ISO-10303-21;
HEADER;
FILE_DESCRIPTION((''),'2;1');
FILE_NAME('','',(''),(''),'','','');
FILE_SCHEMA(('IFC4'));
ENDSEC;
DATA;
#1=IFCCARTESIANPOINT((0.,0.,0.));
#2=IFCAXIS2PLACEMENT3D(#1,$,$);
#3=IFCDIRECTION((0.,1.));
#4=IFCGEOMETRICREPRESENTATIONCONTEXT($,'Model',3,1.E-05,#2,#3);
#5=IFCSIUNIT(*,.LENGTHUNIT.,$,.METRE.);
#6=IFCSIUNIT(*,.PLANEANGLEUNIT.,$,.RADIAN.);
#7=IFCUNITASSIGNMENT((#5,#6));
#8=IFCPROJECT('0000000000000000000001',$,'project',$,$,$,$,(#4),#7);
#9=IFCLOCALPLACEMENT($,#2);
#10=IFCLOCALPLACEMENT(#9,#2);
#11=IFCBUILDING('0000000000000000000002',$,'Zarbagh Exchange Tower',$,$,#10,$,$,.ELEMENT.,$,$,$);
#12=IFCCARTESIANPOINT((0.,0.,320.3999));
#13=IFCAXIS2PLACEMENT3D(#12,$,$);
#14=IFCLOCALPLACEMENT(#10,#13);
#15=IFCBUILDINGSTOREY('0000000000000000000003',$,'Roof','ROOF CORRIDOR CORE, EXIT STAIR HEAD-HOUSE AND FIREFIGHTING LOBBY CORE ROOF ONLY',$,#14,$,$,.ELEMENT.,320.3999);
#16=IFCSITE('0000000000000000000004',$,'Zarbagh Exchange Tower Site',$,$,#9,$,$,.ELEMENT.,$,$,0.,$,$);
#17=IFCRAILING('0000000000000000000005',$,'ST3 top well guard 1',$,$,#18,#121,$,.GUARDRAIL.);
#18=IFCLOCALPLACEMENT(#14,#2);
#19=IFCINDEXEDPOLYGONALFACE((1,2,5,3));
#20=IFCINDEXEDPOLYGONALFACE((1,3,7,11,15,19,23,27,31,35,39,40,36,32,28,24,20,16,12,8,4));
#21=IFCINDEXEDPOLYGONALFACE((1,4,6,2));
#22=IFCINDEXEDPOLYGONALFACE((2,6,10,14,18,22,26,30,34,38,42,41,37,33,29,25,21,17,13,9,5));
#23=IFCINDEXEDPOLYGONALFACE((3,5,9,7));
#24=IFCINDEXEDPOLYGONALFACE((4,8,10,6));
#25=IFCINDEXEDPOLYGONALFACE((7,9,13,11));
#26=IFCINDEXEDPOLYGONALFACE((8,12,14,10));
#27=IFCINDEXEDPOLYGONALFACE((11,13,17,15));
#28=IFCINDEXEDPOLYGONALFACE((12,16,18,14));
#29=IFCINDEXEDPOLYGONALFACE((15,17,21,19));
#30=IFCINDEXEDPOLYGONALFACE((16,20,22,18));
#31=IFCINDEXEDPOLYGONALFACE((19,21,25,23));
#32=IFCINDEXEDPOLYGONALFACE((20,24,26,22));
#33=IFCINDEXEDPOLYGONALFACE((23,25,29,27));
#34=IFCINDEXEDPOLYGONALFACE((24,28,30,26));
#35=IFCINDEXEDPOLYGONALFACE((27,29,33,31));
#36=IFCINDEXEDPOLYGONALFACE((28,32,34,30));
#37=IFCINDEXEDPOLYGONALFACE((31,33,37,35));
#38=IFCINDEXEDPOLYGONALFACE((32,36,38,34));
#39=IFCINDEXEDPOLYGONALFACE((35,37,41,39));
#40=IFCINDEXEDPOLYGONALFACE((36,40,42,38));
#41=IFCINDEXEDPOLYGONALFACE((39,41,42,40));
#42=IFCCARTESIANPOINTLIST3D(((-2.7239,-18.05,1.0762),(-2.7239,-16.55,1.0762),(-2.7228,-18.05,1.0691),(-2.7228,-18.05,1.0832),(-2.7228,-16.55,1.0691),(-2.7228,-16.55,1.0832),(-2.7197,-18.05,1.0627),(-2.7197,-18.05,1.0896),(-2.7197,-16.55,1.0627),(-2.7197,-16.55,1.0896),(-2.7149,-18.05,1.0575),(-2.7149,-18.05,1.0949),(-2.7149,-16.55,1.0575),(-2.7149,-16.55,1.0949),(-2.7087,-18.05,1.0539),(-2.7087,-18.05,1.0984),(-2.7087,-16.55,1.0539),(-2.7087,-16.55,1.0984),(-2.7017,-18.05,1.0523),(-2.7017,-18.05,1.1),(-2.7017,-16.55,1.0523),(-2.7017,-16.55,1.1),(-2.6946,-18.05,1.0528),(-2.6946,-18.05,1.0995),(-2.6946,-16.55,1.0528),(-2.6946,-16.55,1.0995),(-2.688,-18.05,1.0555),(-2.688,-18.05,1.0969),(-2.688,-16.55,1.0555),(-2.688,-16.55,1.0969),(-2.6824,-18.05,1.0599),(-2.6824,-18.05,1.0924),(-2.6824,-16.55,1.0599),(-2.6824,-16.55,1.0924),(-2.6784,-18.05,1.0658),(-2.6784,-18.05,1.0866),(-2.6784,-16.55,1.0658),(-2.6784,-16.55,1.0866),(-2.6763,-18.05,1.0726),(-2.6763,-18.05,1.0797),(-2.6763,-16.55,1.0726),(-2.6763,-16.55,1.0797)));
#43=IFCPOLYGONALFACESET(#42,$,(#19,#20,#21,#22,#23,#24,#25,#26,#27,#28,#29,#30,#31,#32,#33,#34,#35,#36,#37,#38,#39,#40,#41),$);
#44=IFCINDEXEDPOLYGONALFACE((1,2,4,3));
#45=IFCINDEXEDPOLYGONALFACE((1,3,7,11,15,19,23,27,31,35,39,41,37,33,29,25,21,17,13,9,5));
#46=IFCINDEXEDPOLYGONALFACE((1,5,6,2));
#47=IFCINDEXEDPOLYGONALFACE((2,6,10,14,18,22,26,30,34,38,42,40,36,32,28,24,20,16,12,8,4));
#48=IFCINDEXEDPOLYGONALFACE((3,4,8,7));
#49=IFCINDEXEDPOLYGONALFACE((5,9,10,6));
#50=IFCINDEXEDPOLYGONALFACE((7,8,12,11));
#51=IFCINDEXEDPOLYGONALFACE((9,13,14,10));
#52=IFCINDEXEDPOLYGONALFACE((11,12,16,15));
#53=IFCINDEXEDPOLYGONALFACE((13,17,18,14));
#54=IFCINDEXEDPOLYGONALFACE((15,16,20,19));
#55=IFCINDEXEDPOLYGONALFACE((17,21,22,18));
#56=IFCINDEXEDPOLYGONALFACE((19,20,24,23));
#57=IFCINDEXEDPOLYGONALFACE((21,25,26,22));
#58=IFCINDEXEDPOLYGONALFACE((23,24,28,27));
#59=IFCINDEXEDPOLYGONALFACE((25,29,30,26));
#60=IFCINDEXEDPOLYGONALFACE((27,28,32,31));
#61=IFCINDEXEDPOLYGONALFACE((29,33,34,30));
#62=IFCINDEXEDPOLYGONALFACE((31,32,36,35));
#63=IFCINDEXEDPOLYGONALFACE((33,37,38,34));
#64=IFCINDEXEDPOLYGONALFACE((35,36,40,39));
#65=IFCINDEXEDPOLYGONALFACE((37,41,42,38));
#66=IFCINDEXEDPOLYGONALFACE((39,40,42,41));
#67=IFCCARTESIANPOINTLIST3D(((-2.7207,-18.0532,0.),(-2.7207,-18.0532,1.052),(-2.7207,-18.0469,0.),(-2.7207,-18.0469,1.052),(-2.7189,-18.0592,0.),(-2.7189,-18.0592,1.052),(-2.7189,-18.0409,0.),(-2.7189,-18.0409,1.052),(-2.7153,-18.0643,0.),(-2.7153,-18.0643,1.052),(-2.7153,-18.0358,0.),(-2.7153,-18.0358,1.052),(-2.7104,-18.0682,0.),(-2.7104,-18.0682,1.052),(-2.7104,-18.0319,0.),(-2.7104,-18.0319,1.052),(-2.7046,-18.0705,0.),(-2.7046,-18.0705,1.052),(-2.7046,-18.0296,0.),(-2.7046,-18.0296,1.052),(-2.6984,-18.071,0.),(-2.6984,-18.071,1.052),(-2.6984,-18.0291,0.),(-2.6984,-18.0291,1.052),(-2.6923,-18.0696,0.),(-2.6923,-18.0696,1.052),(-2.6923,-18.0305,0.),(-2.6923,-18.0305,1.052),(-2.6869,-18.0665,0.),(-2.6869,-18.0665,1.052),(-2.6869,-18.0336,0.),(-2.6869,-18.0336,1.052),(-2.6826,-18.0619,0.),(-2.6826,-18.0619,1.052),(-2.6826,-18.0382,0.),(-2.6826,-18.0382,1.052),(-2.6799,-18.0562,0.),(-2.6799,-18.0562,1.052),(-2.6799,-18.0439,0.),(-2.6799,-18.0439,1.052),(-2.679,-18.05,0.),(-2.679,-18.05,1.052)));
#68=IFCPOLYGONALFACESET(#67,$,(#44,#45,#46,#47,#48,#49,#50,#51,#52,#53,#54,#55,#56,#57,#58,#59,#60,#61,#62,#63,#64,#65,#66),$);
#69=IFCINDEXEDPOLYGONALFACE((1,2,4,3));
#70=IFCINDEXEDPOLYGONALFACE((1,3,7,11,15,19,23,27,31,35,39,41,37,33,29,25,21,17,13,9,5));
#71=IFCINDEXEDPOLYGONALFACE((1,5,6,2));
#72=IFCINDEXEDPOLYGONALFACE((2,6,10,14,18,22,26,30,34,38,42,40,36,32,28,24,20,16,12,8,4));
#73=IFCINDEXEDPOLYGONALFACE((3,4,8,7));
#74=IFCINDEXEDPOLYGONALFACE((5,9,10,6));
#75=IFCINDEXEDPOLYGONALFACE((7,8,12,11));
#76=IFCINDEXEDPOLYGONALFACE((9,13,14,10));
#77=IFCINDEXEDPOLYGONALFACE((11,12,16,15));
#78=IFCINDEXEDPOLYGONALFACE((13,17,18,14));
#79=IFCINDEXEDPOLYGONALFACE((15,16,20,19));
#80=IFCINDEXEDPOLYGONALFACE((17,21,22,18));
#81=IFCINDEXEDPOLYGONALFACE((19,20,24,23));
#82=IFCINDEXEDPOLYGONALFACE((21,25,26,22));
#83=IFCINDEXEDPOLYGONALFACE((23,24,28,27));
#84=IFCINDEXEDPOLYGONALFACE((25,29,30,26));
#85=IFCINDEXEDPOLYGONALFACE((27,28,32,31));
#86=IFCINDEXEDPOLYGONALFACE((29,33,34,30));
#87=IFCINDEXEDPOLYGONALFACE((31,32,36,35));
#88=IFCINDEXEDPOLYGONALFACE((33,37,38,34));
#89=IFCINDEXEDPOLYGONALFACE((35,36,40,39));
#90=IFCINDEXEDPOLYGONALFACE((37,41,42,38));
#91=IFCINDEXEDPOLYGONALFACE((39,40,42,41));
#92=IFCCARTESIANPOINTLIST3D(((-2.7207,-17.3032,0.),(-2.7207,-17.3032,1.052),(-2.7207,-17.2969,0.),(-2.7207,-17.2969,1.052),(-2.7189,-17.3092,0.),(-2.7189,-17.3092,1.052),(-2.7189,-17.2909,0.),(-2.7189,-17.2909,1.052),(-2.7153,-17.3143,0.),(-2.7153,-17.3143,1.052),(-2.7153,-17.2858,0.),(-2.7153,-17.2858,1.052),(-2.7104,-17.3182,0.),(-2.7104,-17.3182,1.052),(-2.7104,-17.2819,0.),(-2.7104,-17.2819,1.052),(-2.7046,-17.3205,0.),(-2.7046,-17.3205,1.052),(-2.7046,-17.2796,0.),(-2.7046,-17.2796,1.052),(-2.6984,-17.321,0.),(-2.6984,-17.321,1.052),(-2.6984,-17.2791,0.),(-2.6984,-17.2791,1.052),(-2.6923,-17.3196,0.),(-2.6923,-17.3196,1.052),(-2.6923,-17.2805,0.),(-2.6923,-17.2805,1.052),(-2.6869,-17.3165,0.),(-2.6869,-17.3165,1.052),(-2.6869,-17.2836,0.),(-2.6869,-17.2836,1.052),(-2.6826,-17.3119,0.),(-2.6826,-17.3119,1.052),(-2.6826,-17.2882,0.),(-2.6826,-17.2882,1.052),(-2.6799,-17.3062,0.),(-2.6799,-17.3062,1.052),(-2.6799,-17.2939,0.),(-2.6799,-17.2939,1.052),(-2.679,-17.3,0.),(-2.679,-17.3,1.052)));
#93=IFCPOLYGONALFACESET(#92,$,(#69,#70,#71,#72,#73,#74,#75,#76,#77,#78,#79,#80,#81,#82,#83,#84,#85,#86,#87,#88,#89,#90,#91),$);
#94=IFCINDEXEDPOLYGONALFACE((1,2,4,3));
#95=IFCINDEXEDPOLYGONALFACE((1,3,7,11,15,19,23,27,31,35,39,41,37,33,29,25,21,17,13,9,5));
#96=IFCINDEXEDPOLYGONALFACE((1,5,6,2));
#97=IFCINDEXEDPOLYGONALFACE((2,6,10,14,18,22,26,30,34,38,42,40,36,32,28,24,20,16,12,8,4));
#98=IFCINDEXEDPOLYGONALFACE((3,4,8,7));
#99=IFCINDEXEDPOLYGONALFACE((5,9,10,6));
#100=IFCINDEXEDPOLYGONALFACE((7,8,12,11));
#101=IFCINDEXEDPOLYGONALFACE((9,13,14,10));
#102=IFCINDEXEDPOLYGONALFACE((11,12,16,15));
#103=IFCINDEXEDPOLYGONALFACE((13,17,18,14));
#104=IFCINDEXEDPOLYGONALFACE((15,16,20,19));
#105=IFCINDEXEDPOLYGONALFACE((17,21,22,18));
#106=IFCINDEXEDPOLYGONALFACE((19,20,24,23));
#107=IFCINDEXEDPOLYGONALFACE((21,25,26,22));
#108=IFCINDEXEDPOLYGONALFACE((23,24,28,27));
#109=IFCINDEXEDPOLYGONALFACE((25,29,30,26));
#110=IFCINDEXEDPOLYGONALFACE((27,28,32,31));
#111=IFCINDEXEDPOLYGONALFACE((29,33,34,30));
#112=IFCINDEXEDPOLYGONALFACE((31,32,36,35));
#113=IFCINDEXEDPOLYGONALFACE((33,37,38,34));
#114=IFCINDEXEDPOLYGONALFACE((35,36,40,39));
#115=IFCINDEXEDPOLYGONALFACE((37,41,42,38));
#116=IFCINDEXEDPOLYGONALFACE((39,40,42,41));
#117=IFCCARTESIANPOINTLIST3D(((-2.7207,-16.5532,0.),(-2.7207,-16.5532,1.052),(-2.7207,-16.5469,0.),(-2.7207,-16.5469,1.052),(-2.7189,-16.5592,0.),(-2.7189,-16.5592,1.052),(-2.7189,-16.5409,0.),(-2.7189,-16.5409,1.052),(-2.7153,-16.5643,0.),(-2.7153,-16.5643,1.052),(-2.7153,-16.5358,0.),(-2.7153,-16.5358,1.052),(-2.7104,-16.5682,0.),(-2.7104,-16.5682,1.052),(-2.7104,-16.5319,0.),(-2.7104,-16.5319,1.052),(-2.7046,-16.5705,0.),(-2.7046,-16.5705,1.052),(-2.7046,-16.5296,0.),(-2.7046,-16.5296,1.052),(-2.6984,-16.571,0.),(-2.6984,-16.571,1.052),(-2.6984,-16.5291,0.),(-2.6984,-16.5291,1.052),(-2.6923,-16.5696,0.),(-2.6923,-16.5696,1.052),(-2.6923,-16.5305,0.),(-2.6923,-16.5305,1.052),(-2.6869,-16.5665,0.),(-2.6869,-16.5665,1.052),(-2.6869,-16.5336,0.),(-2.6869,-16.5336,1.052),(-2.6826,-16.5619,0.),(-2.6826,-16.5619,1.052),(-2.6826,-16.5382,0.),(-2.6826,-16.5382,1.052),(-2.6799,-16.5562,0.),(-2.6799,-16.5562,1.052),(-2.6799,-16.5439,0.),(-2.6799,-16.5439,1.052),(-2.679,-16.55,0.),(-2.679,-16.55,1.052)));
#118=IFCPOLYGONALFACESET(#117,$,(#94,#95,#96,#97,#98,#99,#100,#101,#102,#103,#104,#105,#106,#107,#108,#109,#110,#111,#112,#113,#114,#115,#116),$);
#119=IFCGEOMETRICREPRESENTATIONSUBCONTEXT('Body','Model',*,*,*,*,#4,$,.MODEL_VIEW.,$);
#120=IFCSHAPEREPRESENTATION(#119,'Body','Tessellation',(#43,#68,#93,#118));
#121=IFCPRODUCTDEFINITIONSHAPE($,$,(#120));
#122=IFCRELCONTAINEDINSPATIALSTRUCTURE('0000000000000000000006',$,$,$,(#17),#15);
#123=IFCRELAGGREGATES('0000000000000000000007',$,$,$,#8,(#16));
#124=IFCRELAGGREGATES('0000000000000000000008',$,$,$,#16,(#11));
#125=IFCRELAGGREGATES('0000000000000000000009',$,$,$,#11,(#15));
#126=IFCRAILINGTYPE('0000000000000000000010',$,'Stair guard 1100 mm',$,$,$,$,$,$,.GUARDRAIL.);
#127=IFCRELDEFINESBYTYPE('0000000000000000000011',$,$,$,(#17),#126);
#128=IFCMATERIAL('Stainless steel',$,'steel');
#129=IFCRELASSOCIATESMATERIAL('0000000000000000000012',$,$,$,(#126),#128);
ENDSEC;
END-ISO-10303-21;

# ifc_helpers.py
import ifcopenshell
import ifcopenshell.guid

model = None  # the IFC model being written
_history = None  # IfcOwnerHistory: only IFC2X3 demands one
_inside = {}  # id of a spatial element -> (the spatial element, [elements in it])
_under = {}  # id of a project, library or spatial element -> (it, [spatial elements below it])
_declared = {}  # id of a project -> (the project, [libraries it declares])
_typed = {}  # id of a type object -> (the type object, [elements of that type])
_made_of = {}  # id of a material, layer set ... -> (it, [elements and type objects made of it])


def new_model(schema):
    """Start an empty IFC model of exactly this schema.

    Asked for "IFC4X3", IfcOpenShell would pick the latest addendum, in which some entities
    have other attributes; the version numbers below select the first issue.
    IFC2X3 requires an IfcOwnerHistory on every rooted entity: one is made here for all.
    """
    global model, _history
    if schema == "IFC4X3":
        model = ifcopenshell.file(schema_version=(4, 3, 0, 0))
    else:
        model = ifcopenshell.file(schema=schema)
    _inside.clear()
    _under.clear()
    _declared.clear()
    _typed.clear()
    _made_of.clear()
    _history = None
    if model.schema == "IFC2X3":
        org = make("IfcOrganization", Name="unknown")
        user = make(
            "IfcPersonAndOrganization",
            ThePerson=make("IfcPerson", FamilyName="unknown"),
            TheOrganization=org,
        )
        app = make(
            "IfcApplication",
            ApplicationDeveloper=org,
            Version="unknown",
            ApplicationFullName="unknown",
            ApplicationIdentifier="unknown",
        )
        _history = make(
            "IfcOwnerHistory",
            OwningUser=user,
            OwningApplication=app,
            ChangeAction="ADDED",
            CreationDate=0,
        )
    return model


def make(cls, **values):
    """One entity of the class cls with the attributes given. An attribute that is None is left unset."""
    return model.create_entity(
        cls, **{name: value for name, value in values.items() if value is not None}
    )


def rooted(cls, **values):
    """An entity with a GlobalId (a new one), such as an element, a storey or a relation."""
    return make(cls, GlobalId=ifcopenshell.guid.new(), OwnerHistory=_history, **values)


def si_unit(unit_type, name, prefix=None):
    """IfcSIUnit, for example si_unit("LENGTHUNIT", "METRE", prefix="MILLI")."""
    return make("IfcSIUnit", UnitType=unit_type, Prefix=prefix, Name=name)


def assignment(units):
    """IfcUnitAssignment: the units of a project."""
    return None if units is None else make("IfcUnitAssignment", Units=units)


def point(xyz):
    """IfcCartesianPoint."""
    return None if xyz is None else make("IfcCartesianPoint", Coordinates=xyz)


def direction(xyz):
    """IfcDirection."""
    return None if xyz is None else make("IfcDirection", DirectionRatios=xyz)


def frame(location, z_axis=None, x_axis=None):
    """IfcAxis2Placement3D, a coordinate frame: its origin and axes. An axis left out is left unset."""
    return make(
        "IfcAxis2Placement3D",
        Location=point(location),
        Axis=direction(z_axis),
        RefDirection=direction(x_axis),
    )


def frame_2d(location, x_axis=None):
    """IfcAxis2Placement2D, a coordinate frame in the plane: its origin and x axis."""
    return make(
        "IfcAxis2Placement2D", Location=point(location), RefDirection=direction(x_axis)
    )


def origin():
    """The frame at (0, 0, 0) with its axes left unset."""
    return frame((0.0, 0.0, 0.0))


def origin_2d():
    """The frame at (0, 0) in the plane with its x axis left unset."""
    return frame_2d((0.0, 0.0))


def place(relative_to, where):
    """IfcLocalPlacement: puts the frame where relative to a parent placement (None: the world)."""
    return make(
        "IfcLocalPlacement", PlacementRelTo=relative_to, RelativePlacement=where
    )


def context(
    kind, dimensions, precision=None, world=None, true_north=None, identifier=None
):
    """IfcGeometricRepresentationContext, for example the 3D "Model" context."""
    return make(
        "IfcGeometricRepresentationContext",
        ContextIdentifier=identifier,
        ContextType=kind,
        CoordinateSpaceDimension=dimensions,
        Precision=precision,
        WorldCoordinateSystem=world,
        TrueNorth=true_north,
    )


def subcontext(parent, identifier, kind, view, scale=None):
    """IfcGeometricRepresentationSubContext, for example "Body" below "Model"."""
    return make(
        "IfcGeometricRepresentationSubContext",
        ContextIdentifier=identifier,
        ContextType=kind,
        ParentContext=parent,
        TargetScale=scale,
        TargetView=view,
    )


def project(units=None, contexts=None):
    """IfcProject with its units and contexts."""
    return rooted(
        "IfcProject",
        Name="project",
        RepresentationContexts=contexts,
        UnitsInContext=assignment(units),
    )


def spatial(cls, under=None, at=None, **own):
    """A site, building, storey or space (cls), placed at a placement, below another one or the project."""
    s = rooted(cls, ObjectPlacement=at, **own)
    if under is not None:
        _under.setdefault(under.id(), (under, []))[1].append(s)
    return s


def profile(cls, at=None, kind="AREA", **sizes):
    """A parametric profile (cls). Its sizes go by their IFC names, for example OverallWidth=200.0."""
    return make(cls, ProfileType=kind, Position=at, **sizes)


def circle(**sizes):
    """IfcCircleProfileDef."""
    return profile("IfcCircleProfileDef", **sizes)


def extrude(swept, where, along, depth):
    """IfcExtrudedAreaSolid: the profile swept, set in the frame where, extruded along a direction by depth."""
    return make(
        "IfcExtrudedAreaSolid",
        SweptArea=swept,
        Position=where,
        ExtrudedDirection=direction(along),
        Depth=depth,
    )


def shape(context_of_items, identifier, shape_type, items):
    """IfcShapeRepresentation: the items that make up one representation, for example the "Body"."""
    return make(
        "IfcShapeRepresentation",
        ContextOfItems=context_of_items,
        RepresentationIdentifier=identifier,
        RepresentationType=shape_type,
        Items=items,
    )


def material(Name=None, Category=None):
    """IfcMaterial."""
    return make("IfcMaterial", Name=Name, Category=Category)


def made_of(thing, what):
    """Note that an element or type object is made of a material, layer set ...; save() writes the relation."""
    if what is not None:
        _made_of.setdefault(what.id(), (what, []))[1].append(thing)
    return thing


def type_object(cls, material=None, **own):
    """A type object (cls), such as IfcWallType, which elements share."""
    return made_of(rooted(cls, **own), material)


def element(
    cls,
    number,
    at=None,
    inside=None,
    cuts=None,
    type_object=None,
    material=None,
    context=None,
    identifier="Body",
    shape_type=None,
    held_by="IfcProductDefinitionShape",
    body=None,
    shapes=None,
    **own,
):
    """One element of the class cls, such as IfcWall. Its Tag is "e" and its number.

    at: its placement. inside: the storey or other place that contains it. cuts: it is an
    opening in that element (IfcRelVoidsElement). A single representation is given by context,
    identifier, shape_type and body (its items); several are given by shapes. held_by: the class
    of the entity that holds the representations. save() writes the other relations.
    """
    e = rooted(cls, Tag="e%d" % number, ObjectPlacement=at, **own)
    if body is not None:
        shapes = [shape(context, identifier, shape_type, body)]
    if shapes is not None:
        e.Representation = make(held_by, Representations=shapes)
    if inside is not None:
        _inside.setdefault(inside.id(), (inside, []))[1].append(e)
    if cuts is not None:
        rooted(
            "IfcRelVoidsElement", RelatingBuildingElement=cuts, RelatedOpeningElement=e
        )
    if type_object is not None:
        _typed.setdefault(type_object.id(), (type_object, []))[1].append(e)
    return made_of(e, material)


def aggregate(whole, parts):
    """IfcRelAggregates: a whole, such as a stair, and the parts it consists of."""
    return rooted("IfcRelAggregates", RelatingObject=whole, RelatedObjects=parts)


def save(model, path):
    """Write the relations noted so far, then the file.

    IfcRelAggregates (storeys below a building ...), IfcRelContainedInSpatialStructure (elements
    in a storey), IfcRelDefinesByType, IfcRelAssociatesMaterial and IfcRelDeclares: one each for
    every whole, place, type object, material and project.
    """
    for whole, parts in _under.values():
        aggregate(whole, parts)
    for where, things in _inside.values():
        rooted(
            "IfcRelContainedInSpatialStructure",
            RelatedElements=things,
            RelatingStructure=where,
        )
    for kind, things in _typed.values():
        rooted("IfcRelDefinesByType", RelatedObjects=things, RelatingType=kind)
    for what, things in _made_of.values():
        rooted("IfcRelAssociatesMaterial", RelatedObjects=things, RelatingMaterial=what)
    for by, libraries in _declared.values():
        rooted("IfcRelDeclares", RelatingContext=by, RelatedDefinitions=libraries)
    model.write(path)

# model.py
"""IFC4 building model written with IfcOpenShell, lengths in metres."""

from ifc_helpers import new_model, si_unit, direction, frame, origin, origin_2d, place, context, subcontext, project, spatial, circle, extrude, material, type_object, element, save


model = new_model("IFC4")

# Units and contexts
model_context = context("Model", 3, precision=1e-05, world=origin(), true_north=direction((0.0, 1.0)))
body_context = subcontext(model_context, "Body", "Model", "MODEL_VIEW")
ifc_project = project(units=[si_unit("LENGTHUNIT", "METRE"), si_unit("PLANEANGLEUNIT", "RADIAN")], contexts=[model_context])

# Site, building, storey
site_placement = place(None, origin())
site = spatial("IfcSite", under=ifc_project, at=site_placement, Name="Zarbagh Exchange Tower Site", CompositionType="ELEMENT", RefElevation=0.0)
building_placement = place(site_placement, origin())
building = spatial("IfcBuilding", under=site, at=building_placement, Name="Zarbagh Exchange Tower", CompositionType="ELEMENT")
storey_placement = place(building_placement, frame((0.0, 0.0, 320.3999)))
storey = spatial("IfcBuildingStorey", under=building, at=storey_placement, Name="Roof", Description="ROOF CORRIDOR CORE, EXIT STAIR HEAD-HOUSE AND FIREFIGHTING LOBBY CORE ROOF ONLY", CompositionType="ELEMENT", Elevation=320.3999)

# Shared definitions
ifc_material_1 = material(Name="Stainless steel", Category="steel")

# Railing
railing_type = type_object("IfcRailingType", Name="Stair guard 1100 mm", PredefinedType="GUARDRAIL", material=ifc_material_1)
railing_1_placement = place(storey_placement, frame((-2.7, -18.05, 0.0)))
element("IfcRailing", 1, at=railing_1_placement, inside=storey, type_object=railing_type, Name="ST3 top well guard 1", PredefinedType="GUARDRAIL", context=body_context, shape_type="SweptSolid", body=[
    extrude(circle(Radius=0.0239, at=origin_2d()), frame((0.0, 0.0, 1.0762), z_axis=(0.0, 1.0, 0.0), x_axis=(-1.0, 0.0, 0.0)), (0.0, 0.0, 1.0), 1.5),
    extrude(circle(Radius=0.021, at=origin_2d()), origin(), (0.0, 0.0, 1.0), 1.052),
    extrude(circle(Radius=0.021, at=origin_2d()), frame((0.0, 0.75, 0.0)), (0.0, 0.0, 1.0), 1.052),
    extrude(circle(Radius=0.021, at=origin_2d()), frame((0.0, 1.5, 0.0)), (0.0, 0.0, 1.0), 1.052),
])

save(model, "model.ifc")
